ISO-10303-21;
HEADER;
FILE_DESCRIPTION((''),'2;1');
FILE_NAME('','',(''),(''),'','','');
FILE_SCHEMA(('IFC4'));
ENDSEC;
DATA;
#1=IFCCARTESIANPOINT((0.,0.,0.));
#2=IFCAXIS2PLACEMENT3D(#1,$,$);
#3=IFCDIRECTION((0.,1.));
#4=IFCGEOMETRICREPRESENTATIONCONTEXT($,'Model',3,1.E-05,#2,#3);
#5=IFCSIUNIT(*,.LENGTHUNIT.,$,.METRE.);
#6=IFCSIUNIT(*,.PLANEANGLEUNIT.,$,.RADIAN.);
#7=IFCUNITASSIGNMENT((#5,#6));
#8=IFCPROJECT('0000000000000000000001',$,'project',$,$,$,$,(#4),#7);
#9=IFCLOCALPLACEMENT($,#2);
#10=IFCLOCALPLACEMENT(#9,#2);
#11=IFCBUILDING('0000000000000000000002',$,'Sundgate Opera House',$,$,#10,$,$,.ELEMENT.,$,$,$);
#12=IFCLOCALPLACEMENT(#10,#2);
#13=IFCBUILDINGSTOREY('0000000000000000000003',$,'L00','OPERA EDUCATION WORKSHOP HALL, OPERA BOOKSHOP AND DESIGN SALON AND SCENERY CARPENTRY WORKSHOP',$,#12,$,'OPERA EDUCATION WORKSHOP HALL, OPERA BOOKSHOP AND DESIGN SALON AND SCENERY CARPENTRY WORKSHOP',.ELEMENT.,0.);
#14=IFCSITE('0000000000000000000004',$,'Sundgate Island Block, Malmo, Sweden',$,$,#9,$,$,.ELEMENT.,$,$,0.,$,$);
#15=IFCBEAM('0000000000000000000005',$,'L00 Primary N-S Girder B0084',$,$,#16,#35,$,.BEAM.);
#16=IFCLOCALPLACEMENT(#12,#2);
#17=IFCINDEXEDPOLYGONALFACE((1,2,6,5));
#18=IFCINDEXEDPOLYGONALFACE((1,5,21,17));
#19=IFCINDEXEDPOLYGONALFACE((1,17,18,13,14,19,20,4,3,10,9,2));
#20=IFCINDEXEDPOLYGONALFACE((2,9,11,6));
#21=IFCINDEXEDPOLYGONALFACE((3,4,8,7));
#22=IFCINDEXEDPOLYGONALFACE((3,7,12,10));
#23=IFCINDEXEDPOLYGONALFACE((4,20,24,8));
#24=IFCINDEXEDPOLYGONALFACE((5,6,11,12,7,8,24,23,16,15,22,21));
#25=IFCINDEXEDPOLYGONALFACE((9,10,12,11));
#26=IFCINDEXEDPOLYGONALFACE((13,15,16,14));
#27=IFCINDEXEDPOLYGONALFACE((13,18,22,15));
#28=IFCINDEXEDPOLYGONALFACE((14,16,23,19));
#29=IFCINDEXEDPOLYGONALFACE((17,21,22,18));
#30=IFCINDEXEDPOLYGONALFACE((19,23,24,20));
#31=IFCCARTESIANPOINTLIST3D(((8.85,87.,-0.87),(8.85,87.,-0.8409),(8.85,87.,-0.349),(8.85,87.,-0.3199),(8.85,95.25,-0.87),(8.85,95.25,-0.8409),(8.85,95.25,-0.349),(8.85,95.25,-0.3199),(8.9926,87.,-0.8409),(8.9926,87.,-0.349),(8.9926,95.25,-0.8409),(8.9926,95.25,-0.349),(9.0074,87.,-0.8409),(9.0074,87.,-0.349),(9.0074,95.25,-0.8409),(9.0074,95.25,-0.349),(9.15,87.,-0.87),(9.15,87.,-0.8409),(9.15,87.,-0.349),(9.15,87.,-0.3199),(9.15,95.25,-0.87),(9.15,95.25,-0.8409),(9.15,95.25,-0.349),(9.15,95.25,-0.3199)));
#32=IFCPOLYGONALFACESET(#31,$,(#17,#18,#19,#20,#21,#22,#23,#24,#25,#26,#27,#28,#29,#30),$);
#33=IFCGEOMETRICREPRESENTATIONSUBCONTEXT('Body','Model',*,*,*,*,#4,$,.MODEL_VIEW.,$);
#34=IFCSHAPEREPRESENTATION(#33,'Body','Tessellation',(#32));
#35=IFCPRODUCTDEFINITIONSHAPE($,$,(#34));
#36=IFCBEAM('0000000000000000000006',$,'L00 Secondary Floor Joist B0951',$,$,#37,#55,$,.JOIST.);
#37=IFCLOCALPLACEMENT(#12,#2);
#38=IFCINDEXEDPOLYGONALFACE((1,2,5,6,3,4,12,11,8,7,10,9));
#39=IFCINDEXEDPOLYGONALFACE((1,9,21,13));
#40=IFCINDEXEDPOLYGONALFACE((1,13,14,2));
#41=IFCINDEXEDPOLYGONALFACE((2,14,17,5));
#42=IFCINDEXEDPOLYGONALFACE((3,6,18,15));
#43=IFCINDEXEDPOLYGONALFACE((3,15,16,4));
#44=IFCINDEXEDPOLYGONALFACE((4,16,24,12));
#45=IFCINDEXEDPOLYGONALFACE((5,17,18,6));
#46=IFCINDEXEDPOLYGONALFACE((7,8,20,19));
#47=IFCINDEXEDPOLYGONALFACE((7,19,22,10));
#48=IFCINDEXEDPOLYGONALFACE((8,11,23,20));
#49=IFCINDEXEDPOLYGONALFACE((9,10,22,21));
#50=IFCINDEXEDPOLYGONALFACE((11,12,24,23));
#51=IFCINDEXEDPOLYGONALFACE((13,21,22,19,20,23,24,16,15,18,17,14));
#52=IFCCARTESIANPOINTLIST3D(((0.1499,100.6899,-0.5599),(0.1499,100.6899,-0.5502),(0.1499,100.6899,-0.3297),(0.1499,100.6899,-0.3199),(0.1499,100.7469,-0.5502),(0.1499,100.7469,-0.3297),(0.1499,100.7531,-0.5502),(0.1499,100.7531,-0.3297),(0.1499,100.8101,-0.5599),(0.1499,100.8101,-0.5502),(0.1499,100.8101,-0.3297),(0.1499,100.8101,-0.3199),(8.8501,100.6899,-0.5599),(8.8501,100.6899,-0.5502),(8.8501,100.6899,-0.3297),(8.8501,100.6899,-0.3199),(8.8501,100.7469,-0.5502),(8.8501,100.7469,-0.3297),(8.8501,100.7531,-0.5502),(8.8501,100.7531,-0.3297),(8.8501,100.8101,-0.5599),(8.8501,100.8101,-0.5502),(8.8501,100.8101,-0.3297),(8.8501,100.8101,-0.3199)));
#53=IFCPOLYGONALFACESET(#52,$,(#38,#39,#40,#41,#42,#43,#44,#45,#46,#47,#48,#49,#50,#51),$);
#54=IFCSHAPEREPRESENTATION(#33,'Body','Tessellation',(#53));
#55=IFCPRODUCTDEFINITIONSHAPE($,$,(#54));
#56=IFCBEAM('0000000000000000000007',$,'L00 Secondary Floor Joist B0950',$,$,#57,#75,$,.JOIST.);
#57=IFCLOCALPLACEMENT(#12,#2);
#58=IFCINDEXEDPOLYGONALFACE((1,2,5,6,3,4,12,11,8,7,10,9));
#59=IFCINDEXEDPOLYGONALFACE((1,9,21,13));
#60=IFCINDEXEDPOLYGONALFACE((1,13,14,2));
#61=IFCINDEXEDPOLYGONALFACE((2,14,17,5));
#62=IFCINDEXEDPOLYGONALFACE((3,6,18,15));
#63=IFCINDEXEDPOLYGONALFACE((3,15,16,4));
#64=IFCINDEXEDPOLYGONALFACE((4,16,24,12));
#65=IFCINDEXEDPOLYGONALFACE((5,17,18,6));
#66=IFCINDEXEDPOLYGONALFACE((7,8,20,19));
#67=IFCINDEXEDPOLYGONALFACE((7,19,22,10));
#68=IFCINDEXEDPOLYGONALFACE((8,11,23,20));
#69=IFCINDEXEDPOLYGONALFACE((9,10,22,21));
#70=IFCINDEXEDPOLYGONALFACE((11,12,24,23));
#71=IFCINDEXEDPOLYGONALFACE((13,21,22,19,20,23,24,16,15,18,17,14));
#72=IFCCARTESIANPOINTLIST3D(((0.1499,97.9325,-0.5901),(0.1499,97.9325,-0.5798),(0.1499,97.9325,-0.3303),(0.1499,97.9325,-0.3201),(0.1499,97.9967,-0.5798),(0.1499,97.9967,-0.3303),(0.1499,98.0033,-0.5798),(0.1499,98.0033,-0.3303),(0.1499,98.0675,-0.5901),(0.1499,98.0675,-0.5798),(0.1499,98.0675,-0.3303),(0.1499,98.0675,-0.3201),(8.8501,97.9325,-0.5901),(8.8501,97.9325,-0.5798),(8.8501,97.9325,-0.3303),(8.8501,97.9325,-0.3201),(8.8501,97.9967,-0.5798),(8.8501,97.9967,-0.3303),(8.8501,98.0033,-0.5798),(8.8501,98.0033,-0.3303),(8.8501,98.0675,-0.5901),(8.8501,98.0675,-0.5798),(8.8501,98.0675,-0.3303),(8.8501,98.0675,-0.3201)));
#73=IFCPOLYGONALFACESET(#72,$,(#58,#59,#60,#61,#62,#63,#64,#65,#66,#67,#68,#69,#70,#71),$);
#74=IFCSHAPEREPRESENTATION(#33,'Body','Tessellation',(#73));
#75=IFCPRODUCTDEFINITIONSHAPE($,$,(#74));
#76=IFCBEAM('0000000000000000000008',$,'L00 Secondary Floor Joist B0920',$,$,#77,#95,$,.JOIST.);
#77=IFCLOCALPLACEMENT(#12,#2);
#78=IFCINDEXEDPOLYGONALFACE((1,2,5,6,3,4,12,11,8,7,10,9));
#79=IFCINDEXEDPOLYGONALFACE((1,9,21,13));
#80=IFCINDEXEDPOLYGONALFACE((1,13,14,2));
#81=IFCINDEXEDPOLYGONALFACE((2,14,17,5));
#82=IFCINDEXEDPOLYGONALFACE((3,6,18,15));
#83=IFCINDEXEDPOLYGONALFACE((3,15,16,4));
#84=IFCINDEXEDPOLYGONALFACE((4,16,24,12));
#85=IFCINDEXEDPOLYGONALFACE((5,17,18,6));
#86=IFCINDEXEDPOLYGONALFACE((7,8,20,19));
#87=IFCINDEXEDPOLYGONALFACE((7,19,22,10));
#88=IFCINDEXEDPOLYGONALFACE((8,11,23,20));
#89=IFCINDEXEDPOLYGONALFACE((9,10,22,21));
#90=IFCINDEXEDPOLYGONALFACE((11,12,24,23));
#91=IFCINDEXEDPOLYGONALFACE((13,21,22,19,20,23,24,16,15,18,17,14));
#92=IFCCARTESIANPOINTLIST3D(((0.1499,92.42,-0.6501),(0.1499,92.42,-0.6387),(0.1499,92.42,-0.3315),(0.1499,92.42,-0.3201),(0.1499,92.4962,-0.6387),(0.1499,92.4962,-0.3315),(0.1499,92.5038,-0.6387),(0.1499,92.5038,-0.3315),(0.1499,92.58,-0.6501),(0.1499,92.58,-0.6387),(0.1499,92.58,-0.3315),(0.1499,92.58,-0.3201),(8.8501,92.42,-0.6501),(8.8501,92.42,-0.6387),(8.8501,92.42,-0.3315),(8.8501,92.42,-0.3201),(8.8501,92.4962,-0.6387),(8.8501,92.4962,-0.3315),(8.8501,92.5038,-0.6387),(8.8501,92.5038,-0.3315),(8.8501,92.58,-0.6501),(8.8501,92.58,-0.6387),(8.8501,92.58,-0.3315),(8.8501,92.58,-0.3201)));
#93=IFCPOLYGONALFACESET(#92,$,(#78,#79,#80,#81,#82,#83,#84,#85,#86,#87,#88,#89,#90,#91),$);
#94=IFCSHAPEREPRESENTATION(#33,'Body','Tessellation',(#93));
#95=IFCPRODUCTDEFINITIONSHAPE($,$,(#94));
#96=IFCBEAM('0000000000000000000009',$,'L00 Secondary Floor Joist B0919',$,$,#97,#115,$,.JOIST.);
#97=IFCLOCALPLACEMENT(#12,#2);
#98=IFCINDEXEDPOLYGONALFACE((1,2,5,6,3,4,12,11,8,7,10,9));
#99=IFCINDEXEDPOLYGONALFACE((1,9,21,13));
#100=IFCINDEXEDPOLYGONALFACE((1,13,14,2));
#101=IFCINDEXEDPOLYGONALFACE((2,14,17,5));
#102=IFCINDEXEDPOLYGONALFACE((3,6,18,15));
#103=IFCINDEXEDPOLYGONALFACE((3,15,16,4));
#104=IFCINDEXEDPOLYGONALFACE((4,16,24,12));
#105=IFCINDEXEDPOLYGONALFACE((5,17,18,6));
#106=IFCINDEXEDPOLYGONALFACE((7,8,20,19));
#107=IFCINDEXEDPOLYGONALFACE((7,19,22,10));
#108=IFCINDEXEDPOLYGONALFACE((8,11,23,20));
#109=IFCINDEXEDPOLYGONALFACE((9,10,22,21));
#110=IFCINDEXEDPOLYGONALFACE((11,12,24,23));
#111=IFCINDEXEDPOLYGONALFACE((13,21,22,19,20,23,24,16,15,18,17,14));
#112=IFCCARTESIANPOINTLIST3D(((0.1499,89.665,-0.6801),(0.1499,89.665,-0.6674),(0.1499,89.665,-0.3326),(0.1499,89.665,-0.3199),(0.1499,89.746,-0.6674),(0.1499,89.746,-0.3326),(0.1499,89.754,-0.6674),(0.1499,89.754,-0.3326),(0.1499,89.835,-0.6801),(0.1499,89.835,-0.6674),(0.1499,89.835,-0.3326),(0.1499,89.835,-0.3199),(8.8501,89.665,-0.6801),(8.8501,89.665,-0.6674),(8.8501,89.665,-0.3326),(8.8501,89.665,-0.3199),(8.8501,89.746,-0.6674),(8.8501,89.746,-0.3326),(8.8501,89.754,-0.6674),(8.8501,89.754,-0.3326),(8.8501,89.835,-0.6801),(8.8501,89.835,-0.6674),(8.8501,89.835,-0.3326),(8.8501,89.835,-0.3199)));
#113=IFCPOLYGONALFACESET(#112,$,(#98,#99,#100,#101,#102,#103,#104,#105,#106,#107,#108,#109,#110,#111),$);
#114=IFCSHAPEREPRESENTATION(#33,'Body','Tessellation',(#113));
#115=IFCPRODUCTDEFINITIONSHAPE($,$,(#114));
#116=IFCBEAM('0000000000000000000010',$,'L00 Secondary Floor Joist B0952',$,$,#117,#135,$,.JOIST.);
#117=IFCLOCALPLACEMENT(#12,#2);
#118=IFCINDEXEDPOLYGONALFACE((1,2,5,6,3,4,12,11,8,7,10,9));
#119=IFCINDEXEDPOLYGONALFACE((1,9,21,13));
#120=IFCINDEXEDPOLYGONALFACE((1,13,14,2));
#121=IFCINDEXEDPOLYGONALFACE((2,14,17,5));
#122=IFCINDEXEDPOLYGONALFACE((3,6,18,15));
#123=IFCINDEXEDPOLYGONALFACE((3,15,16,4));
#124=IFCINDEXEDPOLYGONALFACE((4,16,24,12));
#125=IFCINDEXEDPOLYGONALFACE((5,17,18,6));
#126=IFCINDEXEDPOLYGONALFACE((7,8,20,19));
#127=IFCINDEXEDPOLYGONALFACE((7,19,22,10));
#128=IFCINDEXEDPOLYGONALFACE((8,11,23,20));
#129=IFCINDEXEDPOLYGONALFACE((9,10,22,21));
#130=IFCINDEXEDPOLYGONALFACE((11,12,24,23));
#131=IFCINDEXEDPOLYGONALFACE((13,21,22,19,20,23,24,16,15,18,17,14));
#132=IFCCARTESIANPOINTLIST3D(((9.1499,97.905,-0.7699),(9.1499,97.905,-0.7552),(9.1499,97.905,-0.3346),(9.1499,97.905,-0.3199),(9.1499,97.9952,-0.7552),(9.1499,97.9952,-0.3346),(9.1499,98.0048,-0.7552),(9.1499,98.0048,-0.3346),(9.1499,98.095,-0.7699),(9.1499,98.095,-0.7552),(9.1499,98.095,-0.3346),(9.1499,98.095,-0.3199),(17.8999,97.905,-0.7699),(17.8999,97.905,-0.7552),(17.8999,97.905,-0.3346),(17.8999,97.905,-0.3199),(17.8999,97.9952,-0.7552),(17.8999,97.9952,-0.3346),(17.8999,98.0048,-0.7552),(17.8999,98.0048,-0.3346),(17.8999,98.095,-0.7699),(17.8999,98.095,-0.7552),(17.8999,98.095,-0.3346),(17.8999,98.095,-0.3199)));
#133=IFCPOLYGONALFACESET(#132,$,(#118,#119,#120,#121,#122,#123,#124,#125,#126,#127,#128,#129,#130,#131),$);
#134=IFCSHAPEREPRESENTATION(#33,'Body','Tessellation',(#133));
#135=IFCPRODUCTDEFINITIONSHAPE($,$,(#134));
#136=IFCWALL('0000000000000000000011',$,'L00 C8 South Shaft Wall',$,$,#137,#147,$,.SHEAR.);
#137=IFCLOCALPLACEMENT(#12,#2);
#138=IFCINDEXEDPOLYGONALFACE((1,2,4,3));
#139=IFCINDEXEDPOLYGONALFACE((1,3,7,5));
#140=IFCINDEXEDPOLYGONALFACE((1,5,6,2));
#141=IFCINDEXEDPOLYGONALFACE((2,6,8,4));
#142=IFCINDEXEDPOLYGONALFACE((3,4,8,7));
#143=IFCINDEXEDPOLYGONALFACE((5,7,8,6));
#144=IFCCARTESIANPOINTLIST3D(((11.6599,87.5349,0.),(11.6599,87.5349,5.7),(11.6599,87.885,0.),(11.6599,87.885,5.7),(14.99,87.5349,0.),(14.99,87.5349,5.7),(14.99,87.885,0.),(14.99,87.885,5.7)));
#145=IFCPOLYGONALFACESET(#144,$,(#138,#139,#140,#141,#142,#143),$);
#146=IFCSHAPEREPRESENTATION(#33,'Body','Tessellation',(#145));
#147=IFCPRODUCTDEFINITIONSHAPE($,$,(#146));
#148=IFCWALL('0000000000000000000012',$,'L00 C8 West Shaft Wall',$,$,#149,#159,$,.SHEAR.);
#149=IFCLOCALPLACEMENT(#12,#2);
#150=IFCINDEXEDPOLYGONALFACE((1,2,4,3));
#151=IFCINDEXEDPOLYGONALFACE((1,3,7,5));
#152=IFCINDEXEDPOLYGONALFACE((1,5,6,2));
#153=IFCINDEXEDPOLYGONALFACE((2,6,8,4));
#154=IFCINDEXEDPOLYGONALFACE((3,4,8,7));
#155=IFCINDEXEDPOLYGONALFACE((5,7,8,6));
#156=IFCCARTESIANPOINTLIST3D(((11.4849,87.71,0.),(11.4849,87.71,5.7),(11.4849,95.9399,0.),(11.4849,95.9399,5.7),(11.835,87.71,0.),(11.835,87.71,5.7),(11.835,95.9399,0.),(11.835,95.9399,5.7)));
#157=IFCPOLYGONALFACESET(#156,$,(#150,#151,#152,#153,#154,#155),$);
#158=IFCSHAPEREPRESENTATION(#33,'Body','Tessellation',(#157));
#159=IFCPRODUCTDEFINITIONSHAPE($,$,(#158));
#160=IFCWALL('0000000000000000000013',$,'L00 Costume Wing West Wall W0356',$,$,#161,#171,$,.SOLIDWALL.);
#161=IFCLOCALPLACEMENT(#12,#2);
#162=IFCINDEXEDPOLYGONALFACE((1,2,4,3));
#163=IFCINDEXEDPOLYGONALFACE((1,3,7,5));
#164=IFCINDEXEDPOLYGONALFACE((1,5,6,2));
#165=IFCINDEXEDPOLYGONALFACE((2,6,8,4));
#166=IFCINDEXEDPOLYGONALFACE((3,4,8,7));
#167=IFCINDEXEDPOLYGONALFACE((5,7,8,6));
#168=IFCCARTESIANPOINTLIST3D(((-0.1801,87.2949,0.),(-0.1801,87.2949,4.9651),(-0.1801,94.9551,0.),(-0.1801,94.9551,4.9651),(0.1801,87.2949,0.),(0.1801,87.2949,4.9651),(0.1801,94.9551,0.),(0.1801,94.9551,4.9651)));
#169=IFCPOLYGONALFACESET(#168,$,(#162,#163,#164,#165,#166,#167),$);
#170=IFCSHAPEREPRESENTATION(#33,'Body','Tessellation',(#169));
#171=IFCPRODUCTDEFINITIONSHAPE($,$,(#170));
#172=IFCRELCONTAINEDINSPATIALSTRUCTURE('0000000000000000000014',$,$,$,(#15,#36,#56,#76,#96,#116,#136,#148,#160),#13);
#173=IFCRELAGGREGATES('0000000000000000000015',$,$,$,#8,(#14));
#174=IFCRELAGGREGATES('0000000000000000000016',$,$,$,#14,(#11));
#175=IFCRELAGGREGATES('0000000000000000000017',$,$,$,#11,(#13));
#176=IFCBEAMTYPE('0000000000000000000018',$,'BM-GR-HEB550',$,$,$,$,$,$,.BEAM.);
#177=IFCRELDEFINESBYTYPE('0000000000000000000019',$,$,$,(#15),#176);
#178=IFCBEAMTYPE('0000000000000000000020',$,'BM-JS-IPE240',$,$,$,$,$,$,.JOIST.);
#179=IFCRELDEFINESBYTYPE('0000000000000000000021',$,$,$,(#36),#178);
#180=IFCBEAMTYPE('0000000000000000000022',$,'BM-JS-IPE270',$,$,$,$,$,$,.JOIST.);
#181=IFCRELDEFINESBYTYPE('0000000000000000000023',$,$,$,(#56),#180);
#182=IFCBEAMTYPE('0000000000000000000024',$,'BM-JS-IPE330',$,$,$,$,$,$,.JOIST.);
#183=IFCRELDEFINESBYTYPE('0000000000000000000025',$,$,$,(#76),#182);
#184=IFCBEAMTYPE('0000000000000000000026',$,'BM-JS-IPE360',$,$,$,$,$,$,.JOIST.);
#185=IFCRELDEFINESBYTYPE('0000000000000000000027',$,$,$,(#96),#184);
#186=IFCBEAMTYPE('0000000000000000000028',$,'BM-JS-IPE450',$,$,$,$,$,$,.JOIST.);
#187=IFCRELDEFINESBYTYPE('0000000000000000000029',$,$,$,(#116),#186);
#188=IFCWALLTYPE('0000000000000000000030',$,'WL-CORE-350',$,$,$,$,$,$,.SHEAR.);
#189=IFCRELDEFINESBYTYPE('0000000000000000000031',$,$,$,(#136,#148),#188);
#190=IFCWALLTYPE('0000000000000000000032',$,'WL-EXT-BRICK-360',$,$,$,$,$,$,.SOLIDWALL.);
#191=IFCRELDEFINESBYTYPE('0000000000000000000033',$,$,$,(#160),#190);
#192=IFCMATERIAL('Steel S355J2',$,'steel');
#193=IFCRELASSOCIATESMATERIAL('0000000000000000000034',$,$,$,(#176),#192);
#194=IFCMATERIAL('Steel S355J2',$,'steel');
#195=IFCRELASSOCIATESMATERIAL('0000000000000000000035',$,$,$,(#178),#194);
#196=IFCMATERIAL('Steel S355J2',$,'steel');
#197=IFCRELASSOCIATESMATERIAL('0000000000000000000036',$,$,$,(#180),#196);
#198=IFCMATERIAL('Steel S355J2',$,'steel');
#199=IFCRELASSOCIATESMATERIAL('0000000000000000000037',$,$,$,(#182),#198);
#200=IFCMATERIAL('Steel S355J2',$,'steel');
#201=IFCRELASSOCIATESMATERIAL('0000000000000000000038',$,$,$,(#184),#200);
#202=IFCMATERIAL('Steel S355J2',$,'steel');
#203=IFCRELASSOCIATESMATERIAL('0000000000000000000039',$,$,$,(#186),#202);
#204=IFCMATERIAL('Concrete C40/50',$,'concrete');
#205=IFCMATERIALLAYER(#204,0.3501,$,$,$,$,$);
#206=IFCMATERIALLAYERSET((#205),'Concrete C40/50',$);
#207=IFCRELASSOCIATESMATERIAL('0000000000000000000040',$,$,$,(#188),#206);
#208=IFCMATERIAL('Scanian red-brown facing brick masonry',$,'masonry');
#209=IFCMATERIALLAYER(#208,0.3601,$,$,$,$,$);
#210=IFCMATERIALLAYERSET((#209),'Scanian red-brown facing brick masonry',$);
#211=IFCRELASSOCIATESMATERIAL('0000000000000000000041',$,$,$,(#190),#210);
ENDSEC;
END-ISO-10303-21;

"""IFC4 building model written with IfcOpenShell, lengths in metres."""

from ifc_helpers import new_model, si_unit, direction, frame, frame_2d, origin, origin_2d, place, context, subcontext, project, spatial, rectangle, i_section, extrude, material, layer, layer_set, material_profile, profile_set, type_object, element, save


model = new_model("IFC4")

# Units and contexts
model_context = context("Model", 3, precision=1e-05, world=origin(), true_north=direction((0.0, 1.0)))
body_context = subcontext(model_context, "Body", "Model", "MODEL_VIEW")
ifc_project = project(units=[si_unit("LENGTHUNIT", "METRE"), si_unit("PLANEANGLEUNIT", "RADIAN")], contexts=[model_context])

# Site, building, storey
site_placement = place(None, origin())
site = spatial("IfcSite", under=ifc_project, at=site_placement, Name="Sundgate Island Block, Malmo, Sweden", CompositionType="ELEMENT", RefElevation=0.0)
building_placement = place(site_placement, origin())
building = spatial("IfcBuilding", under=site, at=building_placement, Name="Sundgate Opera House", CompositionType="ELEMENT")
storey_placement = place(building_placement, origin())
storey = spatial("IfcBuildingStorey", under=building, at=storey_placement, Name="L00", Description="OPERA EDUCATION WORKSHOP HALL, OPERA BOOKSHOP AND DESIGN SALON AND SCENERY CARPENTRY WORKSHOP", LongName="OPERA EDUCATION WORKSHOP HALL, OPERA BOOKSHOP AND DESIGN SALON AND SCENERY CARPENTRY WORKSHOP", CompositionType="ELEMENT", Elevation=0.0)

# Beams
ifc_material_1 = material(Name="Steel S355J2", Category="steel")
ifc_material_profile_1 = material_profile(ifc_material_1, i_section(OverallWidth=0.3, OverallDepth=0.55, WebThickness=0.0149, FlangeThickness=0.0291, at=origin_2d()), Name="HEB 550")
ifc_profile_set_1 = profile_set([ifc_material_profile_1], Name="Steel S355J2")
beam_type_1 = type_object("IfcBeamType", Name="BM-GR-HEB550", PredefinedType="BEAM", material=ifc_profile_set_1)
beam_1_placement = place(storey_placement, frame((9.0, 87.0, -0.595), z_axis=(0.0, 1.0, 0.0), x_axis=(-1.0, 0.0, 0.0)))
element("IfcBeam", 1, at=beam_1_placement, inside=storey, type_object=beam_type_1, Name="L00 Primary N-S Girder B0084", PredefinedType="BEAM", context=body_context, shape_type="SweptSolid", body=[
    extrude(i_section(OverallWidth=0.3, OverallDepth=0.55, WebThickness=0.0149, FlangeThickness=0.0291, at=origin_2d()), origin(), (0.0, 0.0, 1.0), 8.25),
])
ifc_material_2 = material(Name="Steel S355J2", Category="steel")
ifc_material_profile_2 = material_profile(ifc_material_2, i_section(OverallWidth=0.1201, OverallDepth=0.24, WebThickness=0.0061, FlangeThickness=0.0098, at=origin_2d()), Name="IPE 240")
ifc_profile_set_2 = profile_set([ifc_material_profile_2], Name="Steel S355J2")
beam_type_2 = type_object("IfcBeamType", Name="BM-JS-IPE240", PredefinedType="JOIST", material=ifc_profile_set_2)
beam_2_placement = place(storey_placement, frame((0.1499, 100.75, -0.4399), z_axis=(1.0, 0.0, 0.0), x_axis=(0.0, 1.0, 0.0)))
element("IfcBeam", 2, at=beam_2_placement, inside=storey, type_object=beam_type_2, Name="L00 Secondary Floor Joist B0951", PredefinedType="JOIST", context=body_context, shape_type="SweptSolid", body=[
    extrude(i_section(OverallWidth=0.1201, OverallDepth=0.24, WebThickness=0.0061, FlangeThickness=0.0098, at=origin_2d()), origin(), (0.0, 0.0, 1.0), 8.7002),
])
ifc_material_3 = material(Name="Steel S355J2", Category="steel")
ifc_material_profile_3 = material_profile(ifc_material_3, i_section(OverallWidth=0.135, OverallDepth=0.27, WebThickness=0.0066, FlangeThickness=0.0103, at=origin_2d()), Name="IPE 270")
ifc_profile_set_3 = profile_set([ifc_material_profile_3], Name="Steel S355J2")
beam_type_3 = type_object("IfcBeamType", Name="BM-JS-IPE270", PredefinedType="JOIST", material=ifc_profile_set_3)
beam_3_placement = place(storey_placement, frame((0.1499, 98.0, -0.4551), z_axis=(1.0, 0.0, 0.0), x_axis=(0.0, 1.0, 0.0)))
element("IfcBeam", 3, at=beam_3_placement, inside=storey, type_object=beam_type_3, Name="L00 Secondary Floor Joist B0950", PredefinedType="JOIST", context=body_context, shape_type="SweptSolid", body=[
    extrude(i_section(OverallWidth=0.135, OverallDepth=0.27, WebThickness=0.0066, FlangeThickness=0.0103, at=origin_2d()), origin(), (0.0, 0.0, 1.0), 8.7002),
])
ifc_material_4 = material(Name="Steel S355J2", Category="steel")
ifc_material_profile_4 = material_profile(ifc_material_4, i_section(OverallWidth=0.1599, OverallDepth=0.3301, WebThickness=0.0076, FlangeThickness=0.0115, at=origin_2d()), Name="IPE 330")
ifc_profile_set_4 = profile_set([ifc_material_profile_4], Name="Steel S355J2")
beam_type_4 = type_object("IfcBeamType", Name="BM-JS-IPE330", PredefinedType="JOIST", material=ifc_profile_set_4)
beam_4_placement = place(storey_placement, frame((0.1499, 92.5, -0.4851), z_axis=(1.0, 0.0, 0.0), x_axis=(0.0, 1.0, 0.0)))
element("IfcBeam", 4, at=beam_4_placement, inside=storey, type_object=beam_type_4, Name="L00 Secondary Floor Joist B0920", PredefinedType="JOIST", context=body_context, shape_type="SweptSolid", body=[
    extrude(i_section(OverallWidth=0.1599, OverallDepth=0.3301, WebThickness=0.0076, FlangeThickness=0.0115, at=origin_2d()), origin(), (0.0, 0.0, 1.0), 8.7002),
])
ifc_material_5 = material(Name="Steel S355J2", Category="steel")
ifc_material_profile_5 = material_profile(ifc_material_5, i_section(OverallWidth=0.1699, OverallDepth=0.3601, WebThickness=0.0081, FlangeThickness=0.0127, at=origin_2d()), Name="IPE 360")
ifc_profile_set_5 = profile_set([ifc_material_profile_5], Name="Steel S355J2")
beam_type_5 = type_object("IfcBeamType", Name="BM-JS-IPE360", PredefinedType="JOIST", material=ifc_profile_set_5)
beam_5_placement = place(storey_placement, frame((0.1499, 89.75, -0.5), z_axis=(1.0, 0.0, 0.0), x_axis=(0.0, 1.0, 0.0)))
element("IfcBeam", 5, at=beam_5_placement, inside=storey, type_object=beam_type_5, Name="L00 Secondary Floor Joist B0919", PredefinedType="JOIST", context=body_context, shape_type="SweptSolid", body=[
    extrude(i_section(OverallWidth=0.1699, OverallDepth=0.3601, WebThickness=0.0081, FlangeThickness=0.0127, at=origin_2d()), origin(), (0.0, 0.0, 1.0), 8.7002),
])
ifc_material_6 = material(Name="Steel S355J2", Category="steel")
ifc_material_profile_6 = material_profile(ifc_material_6, i_section(OverallWidth=0.1899, OverallDepth=0.45, WebThickness=0.0095, FlangeThickness=0.0146, at=origin_2d()), Name="IPE 450")
ifc_profile_set_6 = profile_set([ifc_material_profile_6], Name="Steel S355J2")
beam_type_6 = type_object("IfcBeamType", Name="BM-JS-IPE450", PredefinedType="JOIST", material=ifc_profile_set_6)
beam_6_placement = place(storey_placement, frame((9.1499, 98.0, -0.5449), z_axis=(1.0, 0.0, 0.0), x_axis=(0.0, 1.0, 0.0)))
element("IfcBeam", 6, at=beam_6_placement, inside=storey, type_object=beam_type_6, Name="L00 Secondary Floor Joist B0952", PredefinedType="JOIST", context=body_context, shape_type="SweptSolid", body=[
    extrude(i_section(OverallWidth=0.1899, OverallDepth=0.45, WebThickness=0.0095, FlangeThickness=0.0146, at=origin_2d()), origin(), (0.0, 0.0, 1.0), 8.75),
])

# Walls
ifc_material_7 = material(Name="Concrete C40/50", Category="concrete")
ifc_layer_1 = layer(ifc_material_7, 0.3501)
ifc_layer_set_1 = layer_set([ifc_layer_1], Name="Concrete C40/50")
wall_type_1 = type_object("IfcWallType", Name="WL-CORE-350", PredefinedType="SHEAR", material=ifc_layer_set_1)
wall_1_placement = place(storey_placement, frame((11.6599, 87.71, 0.0), z_axis=(0.0, 0.0, 1.0), x_axis=(1.0, 0.0, 0.0)))
element("IfcWall", 7, at=wall_1_placement, inside=storey, type_object=wall_type_1, Name="L00 C8 South Shaft Wall", PredefinedType="SHEAR", context=body_context, shape_type="SweptSolid", body=[
    extrude(rectangle(XDim=3.3301, YDim=0.3501, at=frame_2d((1.665, 0.0))), origin(), (0.0, 0.0, 1.0), 5.7),
])
wall_2_placement = place(storey_placement, frame((11.6599, 87.71, 0.0), z_axis=(0.0, 0.0, 1.0), x_axis=(0.0, 1.0, 0.0)))
element("IfcWall", 8, at=wall_2_placement, inside=storey, type_object=wall_type_1, Name="L00 C8 West Shaft Wall", PredefinedType="SHEAR", context=body_context, shape_type="SweptSolid", body=[
    extrude(rectangle(XDim=8.23, YDim=0.3501, at=frame_2d((4.115, 0.0))), origin(), (0.0, 0.0, 1.0), 5.7),
])
ifc_material_8 = material(Name="Scanian red-brown facing brick masonry", Category="masonry")
ifc_layer_2 = layer(ifc_material_8, 0.3601)
ifc_layer_set_2 = layer_set([ifc_layer_2], Name="Scanian red-brown facing brick masonry")
wall_type_2 = type_object("IfcWallType", Name="WL-EXT-BRICK-360", PredefinedType="SOLIDWALL", material=ifc_layer_set_2)
wall_3_placement = place(storey_placement, frame((0.0, 94.9551, 0.0), z_axis=(0.0, 0.0, 1.0), x_axis=(0.0, -1.0, 0.0)))
element("IfcWall", 9, at=wall_3_placement, inside=storey, type_object=wall_type_2, Name="L00 Costume Wing West Wall W0356", PredefinedType="SOLIDWALL", context=body_context, shape_type="SweptSolid", body=[
    extrude(rectangle(XDim=7.6602, YDim=0.3601, at=frame_2d((3.8301, 0.0))), origin(), (0.0, 0.0, 1.0), 4.9651),
])

save(model, "model.ifc")
